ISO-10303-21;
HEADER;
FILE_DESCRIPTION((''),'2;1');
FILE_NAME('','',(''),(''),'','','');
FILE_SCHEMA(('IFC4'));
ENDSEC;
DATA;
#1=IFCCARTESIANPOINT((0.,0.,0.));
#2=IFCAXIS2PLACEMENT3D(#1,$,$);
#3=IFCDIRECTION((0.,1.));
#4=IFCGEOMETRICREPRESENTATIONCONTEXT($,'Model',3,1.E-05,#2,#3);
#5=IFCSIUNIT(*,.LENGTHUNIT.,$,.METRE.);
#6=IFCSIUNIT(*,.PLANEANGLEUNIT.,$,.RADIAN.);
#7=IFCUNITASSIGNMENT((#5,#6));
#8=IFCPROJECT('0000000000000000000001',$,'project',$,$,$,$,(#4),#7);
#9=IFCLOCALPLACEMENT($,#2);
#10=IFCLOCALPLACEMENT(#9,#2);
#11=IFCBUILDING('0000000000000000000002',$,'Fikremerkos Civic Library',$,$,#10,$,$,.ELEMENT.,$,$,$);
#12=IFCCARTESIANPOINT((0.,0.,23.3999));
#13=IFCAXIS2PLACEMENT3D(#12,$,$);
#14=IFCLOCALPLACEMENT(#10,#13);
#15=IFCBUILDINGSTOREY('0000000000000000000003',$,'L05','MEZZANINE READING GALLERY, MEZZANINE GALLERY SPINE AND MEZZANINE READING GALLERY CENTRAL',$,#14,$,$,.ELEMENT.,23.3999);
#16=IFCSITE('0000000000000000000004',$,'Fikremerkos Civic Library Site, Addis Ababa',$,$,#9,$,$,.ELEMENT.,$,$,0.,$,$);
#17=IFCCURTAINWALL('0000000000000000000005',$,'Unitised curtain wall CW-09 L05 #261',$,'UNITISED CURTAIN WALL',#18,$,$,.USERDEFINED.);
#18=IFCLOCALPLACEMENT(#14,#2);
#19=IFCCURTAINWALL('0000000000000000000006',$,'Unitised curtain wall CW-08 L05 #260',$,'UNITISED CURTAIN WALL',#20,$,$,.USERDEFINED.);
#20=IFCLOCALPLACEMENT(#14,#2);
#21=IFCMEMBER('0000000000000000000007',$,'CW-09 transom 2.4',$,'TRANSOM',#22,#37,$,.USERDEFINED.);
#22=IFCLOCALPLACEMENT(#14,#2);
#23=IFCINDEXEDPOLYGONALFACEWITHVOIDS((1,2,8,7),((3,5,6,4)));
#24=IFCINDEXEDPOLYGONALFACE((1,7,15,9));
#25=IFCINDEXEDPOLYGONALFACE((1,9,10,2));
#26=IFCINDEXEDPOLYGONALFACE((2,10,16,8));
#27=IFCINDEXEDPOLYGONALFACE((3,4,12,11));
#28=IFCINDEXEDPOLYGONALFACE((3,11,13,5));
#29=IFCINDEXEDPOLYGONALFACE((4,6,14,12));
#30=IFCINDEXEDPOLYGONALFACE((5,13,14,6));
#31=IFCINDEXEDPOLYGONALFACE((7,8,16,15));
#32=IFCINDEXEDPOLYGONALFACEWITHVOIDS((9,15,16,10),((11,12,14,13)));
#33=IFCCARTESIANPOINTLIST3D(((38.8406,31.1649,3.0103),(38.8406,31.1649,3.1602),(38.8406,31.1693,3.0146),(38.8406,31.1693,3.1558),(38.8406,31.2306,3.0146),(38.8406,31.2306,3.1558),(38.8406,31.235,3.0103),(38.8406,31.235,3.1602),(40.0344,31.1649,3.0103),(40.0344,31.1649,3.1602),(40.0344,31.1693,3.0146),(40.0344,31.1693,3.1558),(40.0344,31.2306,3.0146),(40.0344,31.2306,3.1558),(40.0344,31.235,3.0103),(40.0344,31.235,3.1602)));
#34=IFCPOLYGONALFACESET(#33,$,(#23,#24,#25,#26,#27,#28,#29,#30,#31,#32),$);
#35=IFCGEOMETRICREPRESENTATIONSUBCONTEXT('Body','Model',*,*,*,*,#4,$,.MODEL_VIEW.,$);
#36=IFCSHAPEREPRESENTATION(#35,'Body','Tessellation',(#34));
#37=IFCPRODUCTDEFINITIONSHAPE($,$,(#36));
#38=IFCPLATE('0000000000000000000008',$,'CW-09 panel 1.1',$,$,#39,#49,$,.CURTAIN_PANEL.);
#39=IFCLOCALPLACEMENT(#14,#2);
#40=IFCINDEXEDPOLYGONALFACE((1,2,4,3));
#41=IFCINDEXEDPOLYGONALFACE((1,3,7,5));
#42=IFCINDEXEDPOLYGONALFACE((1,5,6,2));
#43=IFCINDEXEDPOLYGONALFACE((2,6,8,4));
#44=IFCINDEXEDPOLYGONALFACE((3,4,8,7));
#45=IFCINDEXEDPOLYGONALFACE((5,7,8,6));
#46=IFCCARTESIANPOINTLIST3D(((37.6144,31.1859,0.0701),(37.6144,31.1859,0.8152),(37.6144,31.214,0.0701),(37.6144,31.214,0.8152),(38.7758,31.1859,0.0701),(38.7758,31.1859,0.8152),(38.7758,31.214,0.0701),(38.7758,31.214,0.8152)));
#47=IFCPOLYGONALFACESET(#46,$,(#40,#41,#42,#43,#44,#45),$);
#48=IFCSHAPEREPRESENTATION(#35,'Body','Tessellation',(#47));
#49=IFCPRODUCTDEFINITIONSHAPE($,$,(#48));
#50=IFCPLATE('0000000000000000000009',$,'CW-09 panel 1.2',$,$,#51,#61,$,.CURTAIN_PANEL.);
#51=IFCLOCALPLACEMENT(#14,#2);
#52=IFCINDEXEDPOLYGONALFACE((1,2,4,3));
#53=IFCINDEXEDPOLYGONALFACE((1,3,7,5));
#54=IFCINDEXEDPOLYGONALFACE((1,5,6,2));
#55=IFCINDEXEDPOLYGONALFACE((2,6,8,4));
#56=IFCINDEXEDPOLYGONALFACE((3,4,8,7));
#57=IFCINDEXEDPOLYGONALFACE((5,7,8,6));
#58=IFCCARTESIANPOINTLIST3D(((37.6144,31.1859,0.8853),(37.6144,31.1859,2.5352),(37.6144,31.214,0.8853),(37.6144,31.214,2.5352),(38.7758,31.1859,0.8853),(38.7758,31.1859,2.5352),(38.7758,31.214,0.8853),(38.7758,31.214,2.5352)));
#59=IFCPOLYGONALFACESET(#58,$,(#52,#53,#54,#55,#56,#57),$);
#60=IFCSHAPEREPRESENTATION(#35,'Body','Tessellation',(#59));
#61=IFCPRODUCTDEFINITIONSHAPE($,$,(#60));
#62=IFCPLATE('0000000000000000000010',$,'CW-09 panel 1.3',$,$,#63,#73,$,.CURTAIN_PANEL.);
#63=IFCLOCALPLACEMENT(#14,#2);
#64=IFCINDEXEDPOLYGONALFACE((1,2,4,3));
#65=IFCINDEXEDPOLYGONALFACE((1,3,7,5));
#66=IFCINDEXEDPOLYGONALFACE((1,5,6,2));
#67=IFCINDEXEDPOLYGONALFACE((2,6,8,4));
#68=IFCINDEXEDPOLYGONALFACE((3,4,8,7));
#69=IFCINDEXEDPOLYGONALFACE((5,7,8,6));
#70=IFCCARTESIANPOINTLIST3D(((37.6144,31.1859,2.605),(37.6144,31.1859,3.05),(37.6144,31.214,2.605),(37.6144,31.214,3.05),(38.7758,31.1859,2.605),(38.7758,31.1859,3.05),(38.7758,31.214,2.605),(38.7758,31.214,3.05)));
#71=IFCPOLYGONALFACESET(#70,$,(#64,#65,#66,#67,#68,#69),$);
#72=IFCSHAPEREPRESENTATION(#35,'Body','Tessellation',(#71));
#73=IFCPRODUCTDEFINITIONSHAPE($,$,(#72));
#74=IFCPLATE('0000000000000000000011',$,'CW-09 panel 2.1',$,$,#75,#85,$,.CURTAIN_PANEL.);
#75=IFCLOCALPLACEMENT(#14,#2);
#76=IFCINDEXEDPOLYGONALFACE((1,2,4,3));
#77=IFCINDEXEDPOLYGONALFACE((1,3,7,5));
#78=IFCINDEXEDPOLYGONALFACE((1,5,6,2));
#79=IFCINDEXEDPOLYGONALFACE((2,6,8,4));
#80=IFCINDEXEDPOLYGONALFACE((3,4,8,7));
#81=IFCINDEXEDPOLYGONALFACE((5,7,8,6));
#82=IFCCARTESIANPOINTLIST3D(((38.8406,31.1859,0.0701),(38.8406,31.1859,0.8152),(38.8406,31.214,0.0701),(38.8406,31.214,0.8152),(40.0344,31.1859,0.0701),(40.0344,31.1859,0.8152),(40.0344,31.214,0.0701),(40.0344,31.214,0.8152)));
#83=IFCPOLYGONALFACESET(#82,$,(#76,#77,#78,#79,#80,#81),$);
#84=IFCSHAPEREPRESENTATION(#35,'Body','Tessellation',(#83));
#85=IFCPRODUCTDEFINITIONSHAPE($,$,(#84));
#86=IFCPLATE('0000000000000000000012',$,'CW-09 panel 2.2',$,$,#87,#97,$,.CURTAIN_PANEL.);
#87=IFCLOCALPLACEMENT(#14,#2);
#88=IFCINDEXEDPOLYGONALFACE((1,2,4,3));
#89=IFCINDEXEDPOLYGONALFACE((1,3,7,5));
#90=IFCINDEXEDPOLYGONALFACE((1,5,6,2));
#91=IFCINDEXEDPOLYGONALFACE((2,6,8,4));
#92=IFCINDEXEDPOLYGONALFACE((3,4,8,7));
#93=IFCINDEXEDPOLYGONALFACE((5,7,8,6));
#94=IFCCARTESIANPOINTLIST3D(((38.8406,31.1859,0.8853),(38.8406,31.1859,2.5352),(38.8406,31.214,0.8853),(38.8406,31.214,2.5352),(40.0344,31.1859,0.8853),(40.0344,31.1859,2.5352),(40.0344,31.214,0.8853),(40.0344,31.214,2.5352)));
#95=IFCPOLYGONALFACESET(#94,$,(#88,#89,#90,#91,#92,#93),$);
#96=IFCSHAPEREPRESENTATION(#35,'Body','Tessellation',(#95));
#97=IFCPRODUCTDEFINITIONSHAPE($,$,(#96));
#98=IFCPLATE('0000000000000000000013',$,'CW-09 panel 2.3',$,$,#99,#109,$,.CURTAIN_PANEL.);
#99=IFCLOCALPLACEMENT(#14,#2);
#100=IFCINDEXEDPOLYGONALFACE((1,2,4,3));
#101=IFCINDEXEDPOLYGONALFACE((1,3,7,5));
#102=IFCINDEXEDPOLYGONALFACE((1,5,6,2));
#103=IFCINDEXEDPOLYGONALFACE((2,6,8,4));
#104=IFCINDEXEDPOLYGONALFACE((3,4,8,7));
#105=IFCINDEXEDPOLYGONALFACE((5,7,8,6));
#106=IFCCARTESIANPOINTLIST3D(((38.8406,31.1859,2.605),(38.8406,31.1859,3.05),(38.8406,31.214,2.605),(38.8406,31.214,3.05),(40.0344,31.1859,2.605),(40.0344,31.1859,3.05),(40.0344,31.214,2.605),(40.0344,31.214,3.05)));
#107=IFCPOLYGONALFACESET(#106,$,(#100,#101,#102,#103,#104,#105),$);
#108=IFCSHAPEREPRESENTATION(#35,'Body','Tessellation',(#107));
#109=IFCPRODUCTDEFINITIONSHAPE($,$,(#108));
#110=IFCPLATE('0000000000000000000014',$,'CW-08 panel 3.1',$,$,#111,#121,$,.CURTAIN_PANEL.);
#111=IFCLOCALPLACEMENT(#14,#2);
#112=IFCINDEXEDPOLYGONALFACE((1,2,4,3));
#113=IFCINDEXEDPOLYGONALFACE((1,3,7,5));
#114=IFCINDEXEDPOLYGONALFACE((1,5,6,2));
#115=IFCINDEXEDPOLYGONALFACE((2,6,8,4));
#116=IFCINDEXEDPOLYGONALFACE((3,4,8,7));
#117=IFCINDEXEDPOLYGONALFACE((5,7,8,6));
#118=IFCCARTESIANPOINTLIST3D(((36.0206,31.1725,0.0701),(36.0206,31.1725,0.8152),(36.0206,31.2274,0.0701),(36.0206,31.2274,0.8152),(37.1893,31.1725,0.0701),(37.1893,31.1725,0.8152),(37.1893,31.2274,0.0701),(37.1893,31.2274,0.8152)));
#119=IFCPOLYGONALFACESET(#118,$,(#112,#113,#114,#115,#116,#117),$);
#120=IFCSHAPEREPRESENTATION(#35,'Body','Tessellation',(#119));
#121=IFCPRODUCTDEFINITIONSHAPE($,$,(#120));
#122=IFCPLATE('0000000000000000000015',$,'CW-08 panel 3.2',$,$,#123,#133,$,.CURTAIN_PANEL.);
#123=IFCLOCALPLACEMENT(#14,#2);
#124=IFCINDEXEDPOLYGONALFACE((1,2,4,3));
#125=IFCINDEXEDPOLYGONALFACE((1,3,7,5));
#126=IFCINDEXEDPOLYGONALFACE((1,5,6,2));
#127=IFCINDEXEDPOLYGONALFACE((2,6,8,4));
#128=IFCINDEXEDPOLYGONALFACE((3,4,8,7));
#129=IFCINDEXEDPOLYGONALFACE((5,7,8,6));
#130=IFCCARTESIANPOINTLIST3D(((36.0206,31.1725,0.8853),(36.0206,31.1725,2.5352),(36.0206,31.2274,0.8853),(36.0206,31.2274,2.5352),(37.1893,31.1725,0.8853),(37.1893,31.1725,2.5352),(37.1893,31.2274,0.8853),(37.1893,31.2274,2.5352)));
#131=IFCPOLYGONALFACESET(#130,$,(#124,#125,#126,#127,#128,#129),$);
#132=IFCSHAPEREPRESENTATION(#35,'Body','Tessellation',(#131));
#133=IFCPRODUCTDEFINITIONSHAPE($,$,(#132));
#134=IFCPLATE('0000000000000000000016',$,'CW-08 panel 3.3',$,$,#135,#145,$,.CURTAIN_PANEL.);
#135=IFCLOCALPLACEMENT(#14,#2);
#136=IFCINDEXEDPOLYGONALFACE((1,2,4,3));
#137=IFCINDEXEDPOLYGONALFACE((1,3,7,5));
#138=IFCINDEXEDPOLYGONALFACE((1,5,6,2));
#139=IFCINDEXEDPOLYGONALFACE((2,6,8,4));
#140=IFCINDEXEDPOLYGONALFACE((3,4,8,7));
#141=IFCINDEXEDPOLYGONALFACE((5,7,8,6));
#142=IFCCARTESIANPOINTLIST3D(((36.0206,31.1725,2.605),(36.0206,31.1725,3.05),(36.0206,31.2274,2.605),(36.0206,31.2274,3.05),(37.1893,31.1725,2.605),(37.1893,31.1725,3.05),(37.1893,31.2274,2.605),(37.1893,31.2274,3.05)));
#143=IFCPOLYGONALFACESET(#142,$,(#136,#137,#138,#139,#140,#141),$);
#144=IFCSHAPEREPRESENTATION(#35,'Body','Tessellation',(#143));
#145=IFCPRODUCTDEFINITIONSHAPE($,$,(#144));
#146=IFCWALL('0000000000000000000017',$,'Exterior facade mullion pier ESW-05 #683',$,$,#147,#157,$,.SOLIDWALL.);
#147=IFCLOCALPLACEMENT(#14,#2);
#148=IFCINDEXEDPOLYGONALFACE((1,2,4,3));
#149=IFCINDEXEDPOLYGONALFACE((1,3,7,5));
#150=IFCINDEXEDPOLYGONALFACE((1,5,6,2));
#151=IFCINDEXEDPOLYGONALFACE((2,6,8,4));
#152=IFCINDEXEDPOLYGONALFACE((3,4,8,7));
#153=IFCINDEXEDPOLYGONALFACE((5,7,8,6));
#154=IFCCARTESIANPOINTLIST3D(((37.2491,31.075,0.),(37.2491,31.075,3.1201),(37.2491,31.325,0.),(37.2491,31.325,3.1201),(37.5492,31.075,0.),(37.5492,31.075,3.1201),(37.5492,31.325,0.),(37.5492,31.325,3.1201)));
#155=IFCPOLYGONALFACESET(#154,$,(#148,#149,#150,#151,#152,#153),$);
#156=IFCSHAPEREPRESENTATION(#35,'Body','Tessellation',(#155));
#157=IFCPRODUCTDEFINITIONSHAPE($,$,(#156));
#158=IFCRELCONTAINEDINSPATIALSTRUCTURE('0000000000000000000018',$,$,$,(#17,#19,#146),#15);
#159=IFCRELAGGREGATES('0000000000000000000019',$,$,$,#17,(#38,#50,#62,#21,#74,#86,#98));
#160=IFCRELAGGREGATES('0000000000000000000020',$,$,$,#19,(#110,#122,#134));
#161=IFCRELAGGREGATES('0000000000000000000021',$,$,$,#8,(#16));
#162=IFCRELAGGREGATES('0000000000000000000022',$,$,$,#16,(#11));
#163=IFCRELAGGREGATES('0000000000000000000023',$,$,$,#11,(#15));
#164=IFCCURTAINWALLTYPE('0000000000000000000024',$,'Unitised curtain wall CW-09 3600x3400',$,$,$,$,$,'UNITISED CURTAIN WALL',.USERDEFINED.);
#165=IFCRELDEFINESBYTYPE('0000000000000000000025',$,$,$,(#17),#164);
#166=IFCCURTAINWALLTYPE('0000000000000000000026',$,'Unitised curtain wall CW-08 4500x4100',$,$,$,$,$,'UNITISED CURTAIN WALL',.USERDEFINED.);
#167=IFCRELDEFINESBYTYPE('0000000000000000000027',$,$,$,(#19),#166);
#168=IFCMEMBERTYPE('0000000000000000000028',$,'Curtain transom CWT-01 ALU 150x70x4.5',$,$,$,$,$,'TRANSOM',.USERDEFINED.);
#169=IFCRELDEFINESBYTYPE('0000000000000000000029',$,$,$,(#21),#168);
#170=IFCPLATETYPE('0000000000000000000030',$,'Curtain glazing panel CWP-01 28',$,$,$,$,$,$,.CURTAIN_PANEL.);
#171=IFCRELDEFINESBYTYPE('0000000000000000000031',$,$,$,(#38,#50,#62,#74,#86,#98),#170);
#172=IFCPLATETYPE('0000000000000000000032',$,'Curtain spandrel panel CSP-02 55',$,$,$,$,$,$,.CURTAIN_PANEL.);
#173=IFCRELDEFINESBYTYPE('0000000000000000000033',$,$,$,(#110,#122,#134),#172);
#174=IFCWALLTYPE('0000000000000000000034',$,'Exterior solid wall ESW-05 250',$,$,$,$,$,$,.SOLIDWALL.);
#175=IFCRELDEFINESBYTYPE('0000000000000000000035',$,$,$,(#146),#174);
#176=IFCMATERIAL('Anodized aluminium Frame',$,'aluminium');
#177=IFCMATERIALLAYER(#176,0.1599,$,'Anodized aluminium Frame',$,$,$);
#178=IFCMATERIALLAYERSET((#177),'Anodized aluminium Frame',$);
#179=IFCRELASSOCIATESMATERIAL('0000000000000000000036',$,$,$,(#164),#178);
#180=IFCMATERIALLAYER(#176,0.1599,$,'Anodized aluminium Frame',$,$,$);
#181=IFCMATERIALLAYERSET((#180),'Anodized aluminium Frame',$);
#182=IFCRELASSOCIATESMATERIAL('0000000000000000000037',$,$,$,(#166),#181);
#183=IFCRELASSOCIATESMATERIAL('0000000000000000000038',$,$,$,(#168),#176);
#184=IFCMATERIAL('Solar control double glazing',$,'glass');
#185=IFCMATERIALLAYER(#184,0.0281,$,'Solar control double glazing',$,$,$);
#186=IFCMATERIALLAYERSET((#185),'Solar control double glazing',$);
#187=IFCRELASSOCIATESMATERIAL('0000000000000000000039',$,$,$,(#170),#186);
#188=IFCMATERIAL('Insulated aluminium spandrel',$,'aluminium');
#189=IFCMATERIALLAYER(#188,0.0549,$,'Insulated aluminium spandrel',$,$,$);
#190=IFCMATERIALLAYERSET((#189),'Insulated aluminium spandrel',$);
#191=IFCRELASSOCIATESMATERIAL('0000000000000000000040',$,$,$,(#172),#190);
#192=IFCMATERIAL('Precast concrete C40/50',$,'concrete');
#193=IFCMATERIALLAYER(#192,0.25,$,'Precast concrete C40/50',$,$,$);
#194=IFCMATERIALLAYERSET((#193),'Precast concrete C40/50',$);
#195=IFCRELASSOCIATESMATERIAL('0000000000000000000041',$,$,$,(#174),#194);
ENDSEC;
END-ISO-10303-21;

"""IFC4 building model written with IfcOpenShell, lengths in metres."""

from ifc_helpers import new_model, si_unit, direction, frame, frame_2d, origin, origin_2d, place, context, subcontext, project, spatial, rectangle, hollow_rectangle, extrude, material, layer, layer_set, material_profile, profile_set, type_object, element, aggregate, save


model = new_model("IFC4")

# Units and contexts
model_context = context("Model", 3, precision=1e-05, world=origin(), true_north=direction((0.0, 1.0)))
body_context = subcontext(model_context, "Body", "Model", "MODEL_VIEW")
ifc_project = project(units=[si_unit("LENGTHUNIT", "METRE"), si_unit("PLANEANGLEUNIT", "RADIAN")], contexts=[model_context])

# Site, building, storey
site_placement = place(None, origin())
site = spatial("IfcSite", under=ifc_project, at=site_placement, Name="Fikremerkos Civic Library Site, Addis Ababa", CompositionType="ELEMENT", RefElevation=0.0)
building_placement = place(site_placement, origin())
building = spatial("IfcBuilding", under=site, at=building_placement, Name="Fikremerkos Civic Library", CompositionType="ELEMENT")
storey_placement = place(building_placement, frame((0.0, 0.0, 23.3999)))
storey = spatial("IfcBuildingStorey", under=building, at=storey_placement, Name="L05", Description="MEZZANINE READING GALLERY, MEZZANINE GALLERY SPINE AND MEZZANINE READING GALLERY CENTRAL", CompositionType="ELEMENT", Elevation=23.3999)

# Curtain wall
ifc_material_1 = material(Name="Anodized aluminium Frame", Category="aluminium")
ifc_layer_1 = layer(ifc_material_1, 0.1599, Name="Anodized aluminium Frame")
ifc_layer_set_1 = layer_set([ifc_layer_1], Name="Anodized aluminium Frame")
curtain_wall_type_1 = type_object("IfcCurtainWallType", Name="Unitised curtain wall CW-09 3600x3400", ElementType="UNITISED CURTAIN WALL", PredefinedType="USERDEFINED", material=ifc_layer_set_1)
curtain_wall_1_placement = place(storey_placement, origin())
curtain_wall_1 = element("IfcCurtainWall", 1, at=curtain_wall_1_placement, inside=storey, type_object=curtain_wall_type_1, Name="Unitised curtain wall CW-09 L05 #261", ObjectType="UNITISED CURTAIN WALL", PredefinedType="USERDEFINED")

# Curtain wall
ifc_layer_2 = layer(ifc_material_1, 0.1599, Name="Anodized aluminium Frame")
ifc_layer_set_2 = layer_set([ifc_layer_2], Name="Anodized aluminium Frame")
curtain_wall_type_2 = type_object("IfcCurtainWallType", Name="Unitised curtain wall CW-08 4500x4100", ElementType="UNITISED CURTAIN WALL", PredefinedType="USERDEFINED", material=ifc_layer_set_2)
curtain_wall_2_placement = place(storey_placement, origin())
curtain_wall_2 = element("IfcCurtainWall", 2, at=curtain_wall_2_placement, inside=storey, type_object=curtain_wall_type_2, Name="Unitised curtain wall CW-08 L05 #260", ObjectType="UNITISED CURTAIN WALL", PredefinedType="USERDEFINED")

# Member
ifc_material_profile_1 = material_profile(ifc_material_1, hollow_rectangle(XDim=0.0701, YDim=0.1499, WallThickness=0.0044, at=origin_2d()), Name="ALU 150x70x4.5")
ifc_profile_set_1 = profile_set([ifc_material_profile_1], Name="Anodized aluminium Frame")
member_type_1 = type_object("IfcMemberType", Name="Curtain transom CWT-01 ALU 150x70x4.5", ElementType="TRANSOM", PredefinedType="USERDEFINED", material=ifc_profile_set_1)
member_1_placement = place(storey_placement, frame((38.8406, 31.2, 3.0852), z_axis=(1.0, 0.0, 0.0), x_axis=(0.0, 1.0, 0.0)))
member_1 = element("IfcMember", 3, at=member_1_placement, type_object=member_type_1, Name="CW-09 transom 2.4", ObjectType="TRANSOM", PredefinedType="USERDEFINED", context=body_context, shape_type="SweptSolid", body=[
    extrude(hollow_rectangle(XDim=0.0701, YDim=0.1499, WallThickness=0.0044, at=origin_2d()), origin(), (0.0, 0.0, 1.0), 1.1938),
])

# Plates
ifc_material_2 = material(Name="Solar control double glazing", Category="glass")
ifc_layer_3 = layer(ifc_material_2, 0.0281, Name="Solar control double glazing")
ifc_layer_set_3 = layer_set([ifc_layer_3], Name="Solar control double glazing")
plate_type_1 = type_object("IfcPlateType", Name="Curtain glazing panel CWP-01 28", PredefinedType="CURTAIN_PANEL", material=ifc_layer_set_3)
plate_1_placement = place(storey_placement, frame((38.1951, 31.2, 0.0701), z_axis=(0.0, 0.0, 1.0), x_axis=(1.0, 0.0, 0.0)))
plate_1 = element("IfcPlate", 4, at=plate_1_placement, type_object=plate_type_1, Name="CW-09 panel 1.1", PredefinedType="CURTAIN_PANEL", context=body_context, shape_type="SweptSolid", body=[
    extrude(rectangle(XDim=1.1614, YDim=0.0281, at=origin_2d()), origin(), (0.0, 0.0, 1.0), 0.7451),
])
plate_2_placement = place(storey_placement, frame((38.1951, 31.2, 0.8853), z_axis=(0.0, 0.0, 1.0), x_axis=(1.0, 0.0, 0.0)))
plate_2 = element("IfcPlate", 5, at=plate_2_placement, type_object=plate_type_1, Name="CW-09 panel 1.2", PredefinedType="CURTAIN_PANEL", context=body_context, shape_type="SweptSolid", body=[
    extrude(rectangle(XDim=1.1614, YDim=0.0281, at=origin_2d()), origin(), (0.0, 0.0, 1.0), 1.6499),
])
plate_3_placement = place(storey_placement, frame((38.1951, 31.2, 2.605), z_axis=(0.0, 0.0, 1.0), x_axis=(1.0, 0.0, 0.0)))
plate_3 = element("IfcPlate", 6, at=plate_3_placement, type_object=plate_type_1, Name="CW-09 panel 1.3", PredefinedType="CURTAIN_PANEL", context=body_context, shape_type="SweptSolid", body=[
    extrude(rectangle(XDim=1.1614, YDim=0.0281, at=origin_2d()), origin(), (0.0, 0.0, 1.0), 0.4451),
])
plate_4_placement = place(storey_placement, frame((39.4375, 31.2, 0.0701), z_axis=(0.0, 0.0, 1.0), x_axis=(1.0, 0.0, 0.0)))
plate_4 = element("IfcPlate", 7, at=plate_4_placement, type_object=plate_type_1, Name="CW-09 panel 2.1", PredefinedType="CURTAIN_PANEL", context=body_context, shape_type="SweptSolid", body=[
    extrude(rectangle(XDim=1.1938, YDim=0.0281, at=origin_2d()), origin(), (0.0, 0.0, 1.0), 0.7451),
])
plate_5_placement = place(storey_placement, frame((39.4375, 31.2, 0.8853), z_axis=(0.0, 0.0, 1.0), x_axis=(1.0, 0.0, 0.0)))
plate_5 = element("IfcPlate", 8, at=plate_5_placement, type_object=plate_type_1, Name="CW-09 panel 2.2", PredefinedType="CURTAIN_PANEL", context=body_context, shape_type="SweptSolid", body=[
    extrude(rectangle(XDim=1.1938, YDim=0.0281, at=origin_2d()), origin(), (0.0, 0.0, 1.0), 1.6499),
])
plate_6_placement = place(storey_placement, frame((39.4375, 31.2, 2.605), z_axis=(0.0, 0.0, 1.0), x_axis=(1.0, 0.0, 0.0)))
plate_6 = element("IfcPlate", 9, at=plate_6_placement, type_object=plate_type_1, Name="CW-09 panel 2.3", PredefinedType="CURTAIN_PANEL", context=body_context, shape_type="SweptSolid", body=[
    extrude(rectangle(XDim=1.1938, YDim=0.0281, at=origin_2d()), origin(), (0.0, 0.0, 1.0), 0.4451),
])
aggregate(curtain_wall_1, [plate_1, plate_2, plate_3, member_1, plate_4, plate_5, plate_6])
ifc_material_3 = material(Name="Insulated aluminium spandrel", Category="aluminium")
ifc_layer_4 = layer(ifc_material_3, 0.0549, Name="Insulated aluminium spandrel")
ifc_layer_set_4 = layer_set([ifc_layer_4], Name="Insulated aluminium spandrel")
plate_type_2 = type_object("IfcPlateType", Name="Curtain spandrel panel CSP-02 55", PredefinedType="CURTAIN_PANEL", material=ifc_layer_set_4)
plate_7_placement = place(storey_placement, frame((36.605, 31.2, 0.0701), z_axis=(0.0, 0.0, 1.0), x_axis=(1.0, 0.0, 0.0)))
plate_7 = element("IfcPlate", 10, at=plate_7_placement, type_object=plate_type_2, Name="CW-08 panel 3.1", PredefinedType="CURTAIN_PANEL", context=body_context, shape_type="SweptSolid", body=[
    extrude(rectangle(XDim=1.1687, YDim=0.0549, at=origin_2d()), origin(), (0.0, 0.0, 1.0), 0.7451),
])
plate_8_placement = place(storey_placement, frame((36.605, 31.2, 0.8853), z_axis=(0.0, 0.0, 1.0), x_axis=(1.0, 0.0, 0.0)))
plate_8 = element("IfcPlate", 11, at=plate_8_placement, type_object=plate_type_2, Name="CW-08 panel 3.2", PredefinedType="CURTAIN_PANEL", context=body_context, shape_type="SweptSolid", body=[
    extrude(rectangle(XDim=1.1687, YDim=0.0549, at=origin_2d()), origin(), (0.0, 0.0, 1.0), 1.6499),
])
plate_9_placement = place(storey_placement, frame((36.605, 31.2, 2.605), z_axis=(0.0, 0.0, 1.0), x_axis=(1.0, 0.0, 0.0)))
plate_9 = element("IfcPlate", 12, at=plate_9_placement, type_object=plate_type_2, Name="CW-08 panel 3.3", PredefinedType="CURTAIN_PANEL", context=body_context, shape_type="SweptSolid", body=[
    extrude(rectangle(XDim=1.1687, YDim=0.0549, at=origin_2d()), origin(), (0.0, 0.0, 1.0), 0.4451),
])
aggregate(curtain_wall_2, [plate_7, plate_8, plate_9])

# Wall
ifc_material_4 = material(Name="Precast concrete C40/50", Category="concrete")
ifc_layer_5 = layer(ifc_material_4, 0.25, Name="Precast concrete C40/50")
ifc_layer_set_5 = layer_set([ifc_layer_5], Name="Precast concrete C40/50")
wall_type = type_object("IfcWallType", Name="Exterior solid wall ESW-05 250", PredefinedType="SOLIDWALL", material=ifc_layer_set_5)
wall_placement = place(storey_placement, frame((37.2493, 31.2, 0.0), z_axis=(0.0, 0.0, 1.0), x_axis=(1.0, 0.0, 0.0)))
element("IfcWall", 13, at=wall_placement, inside=storey, type_object=wall_type, Name="Exterior facade mullion pier ESW-05 #683", PredefinedType="SOLIDWALL", context=body_context, shape_type="SweptSolid", body=[
    extrude(rectangle(XDim=0.3, YDim=0.25, at=frame_2d((0.1499, 0.0))), origin(), (0.0, 0.0, 1.0), 3.1201),
])

save(model, "model.ifc")
